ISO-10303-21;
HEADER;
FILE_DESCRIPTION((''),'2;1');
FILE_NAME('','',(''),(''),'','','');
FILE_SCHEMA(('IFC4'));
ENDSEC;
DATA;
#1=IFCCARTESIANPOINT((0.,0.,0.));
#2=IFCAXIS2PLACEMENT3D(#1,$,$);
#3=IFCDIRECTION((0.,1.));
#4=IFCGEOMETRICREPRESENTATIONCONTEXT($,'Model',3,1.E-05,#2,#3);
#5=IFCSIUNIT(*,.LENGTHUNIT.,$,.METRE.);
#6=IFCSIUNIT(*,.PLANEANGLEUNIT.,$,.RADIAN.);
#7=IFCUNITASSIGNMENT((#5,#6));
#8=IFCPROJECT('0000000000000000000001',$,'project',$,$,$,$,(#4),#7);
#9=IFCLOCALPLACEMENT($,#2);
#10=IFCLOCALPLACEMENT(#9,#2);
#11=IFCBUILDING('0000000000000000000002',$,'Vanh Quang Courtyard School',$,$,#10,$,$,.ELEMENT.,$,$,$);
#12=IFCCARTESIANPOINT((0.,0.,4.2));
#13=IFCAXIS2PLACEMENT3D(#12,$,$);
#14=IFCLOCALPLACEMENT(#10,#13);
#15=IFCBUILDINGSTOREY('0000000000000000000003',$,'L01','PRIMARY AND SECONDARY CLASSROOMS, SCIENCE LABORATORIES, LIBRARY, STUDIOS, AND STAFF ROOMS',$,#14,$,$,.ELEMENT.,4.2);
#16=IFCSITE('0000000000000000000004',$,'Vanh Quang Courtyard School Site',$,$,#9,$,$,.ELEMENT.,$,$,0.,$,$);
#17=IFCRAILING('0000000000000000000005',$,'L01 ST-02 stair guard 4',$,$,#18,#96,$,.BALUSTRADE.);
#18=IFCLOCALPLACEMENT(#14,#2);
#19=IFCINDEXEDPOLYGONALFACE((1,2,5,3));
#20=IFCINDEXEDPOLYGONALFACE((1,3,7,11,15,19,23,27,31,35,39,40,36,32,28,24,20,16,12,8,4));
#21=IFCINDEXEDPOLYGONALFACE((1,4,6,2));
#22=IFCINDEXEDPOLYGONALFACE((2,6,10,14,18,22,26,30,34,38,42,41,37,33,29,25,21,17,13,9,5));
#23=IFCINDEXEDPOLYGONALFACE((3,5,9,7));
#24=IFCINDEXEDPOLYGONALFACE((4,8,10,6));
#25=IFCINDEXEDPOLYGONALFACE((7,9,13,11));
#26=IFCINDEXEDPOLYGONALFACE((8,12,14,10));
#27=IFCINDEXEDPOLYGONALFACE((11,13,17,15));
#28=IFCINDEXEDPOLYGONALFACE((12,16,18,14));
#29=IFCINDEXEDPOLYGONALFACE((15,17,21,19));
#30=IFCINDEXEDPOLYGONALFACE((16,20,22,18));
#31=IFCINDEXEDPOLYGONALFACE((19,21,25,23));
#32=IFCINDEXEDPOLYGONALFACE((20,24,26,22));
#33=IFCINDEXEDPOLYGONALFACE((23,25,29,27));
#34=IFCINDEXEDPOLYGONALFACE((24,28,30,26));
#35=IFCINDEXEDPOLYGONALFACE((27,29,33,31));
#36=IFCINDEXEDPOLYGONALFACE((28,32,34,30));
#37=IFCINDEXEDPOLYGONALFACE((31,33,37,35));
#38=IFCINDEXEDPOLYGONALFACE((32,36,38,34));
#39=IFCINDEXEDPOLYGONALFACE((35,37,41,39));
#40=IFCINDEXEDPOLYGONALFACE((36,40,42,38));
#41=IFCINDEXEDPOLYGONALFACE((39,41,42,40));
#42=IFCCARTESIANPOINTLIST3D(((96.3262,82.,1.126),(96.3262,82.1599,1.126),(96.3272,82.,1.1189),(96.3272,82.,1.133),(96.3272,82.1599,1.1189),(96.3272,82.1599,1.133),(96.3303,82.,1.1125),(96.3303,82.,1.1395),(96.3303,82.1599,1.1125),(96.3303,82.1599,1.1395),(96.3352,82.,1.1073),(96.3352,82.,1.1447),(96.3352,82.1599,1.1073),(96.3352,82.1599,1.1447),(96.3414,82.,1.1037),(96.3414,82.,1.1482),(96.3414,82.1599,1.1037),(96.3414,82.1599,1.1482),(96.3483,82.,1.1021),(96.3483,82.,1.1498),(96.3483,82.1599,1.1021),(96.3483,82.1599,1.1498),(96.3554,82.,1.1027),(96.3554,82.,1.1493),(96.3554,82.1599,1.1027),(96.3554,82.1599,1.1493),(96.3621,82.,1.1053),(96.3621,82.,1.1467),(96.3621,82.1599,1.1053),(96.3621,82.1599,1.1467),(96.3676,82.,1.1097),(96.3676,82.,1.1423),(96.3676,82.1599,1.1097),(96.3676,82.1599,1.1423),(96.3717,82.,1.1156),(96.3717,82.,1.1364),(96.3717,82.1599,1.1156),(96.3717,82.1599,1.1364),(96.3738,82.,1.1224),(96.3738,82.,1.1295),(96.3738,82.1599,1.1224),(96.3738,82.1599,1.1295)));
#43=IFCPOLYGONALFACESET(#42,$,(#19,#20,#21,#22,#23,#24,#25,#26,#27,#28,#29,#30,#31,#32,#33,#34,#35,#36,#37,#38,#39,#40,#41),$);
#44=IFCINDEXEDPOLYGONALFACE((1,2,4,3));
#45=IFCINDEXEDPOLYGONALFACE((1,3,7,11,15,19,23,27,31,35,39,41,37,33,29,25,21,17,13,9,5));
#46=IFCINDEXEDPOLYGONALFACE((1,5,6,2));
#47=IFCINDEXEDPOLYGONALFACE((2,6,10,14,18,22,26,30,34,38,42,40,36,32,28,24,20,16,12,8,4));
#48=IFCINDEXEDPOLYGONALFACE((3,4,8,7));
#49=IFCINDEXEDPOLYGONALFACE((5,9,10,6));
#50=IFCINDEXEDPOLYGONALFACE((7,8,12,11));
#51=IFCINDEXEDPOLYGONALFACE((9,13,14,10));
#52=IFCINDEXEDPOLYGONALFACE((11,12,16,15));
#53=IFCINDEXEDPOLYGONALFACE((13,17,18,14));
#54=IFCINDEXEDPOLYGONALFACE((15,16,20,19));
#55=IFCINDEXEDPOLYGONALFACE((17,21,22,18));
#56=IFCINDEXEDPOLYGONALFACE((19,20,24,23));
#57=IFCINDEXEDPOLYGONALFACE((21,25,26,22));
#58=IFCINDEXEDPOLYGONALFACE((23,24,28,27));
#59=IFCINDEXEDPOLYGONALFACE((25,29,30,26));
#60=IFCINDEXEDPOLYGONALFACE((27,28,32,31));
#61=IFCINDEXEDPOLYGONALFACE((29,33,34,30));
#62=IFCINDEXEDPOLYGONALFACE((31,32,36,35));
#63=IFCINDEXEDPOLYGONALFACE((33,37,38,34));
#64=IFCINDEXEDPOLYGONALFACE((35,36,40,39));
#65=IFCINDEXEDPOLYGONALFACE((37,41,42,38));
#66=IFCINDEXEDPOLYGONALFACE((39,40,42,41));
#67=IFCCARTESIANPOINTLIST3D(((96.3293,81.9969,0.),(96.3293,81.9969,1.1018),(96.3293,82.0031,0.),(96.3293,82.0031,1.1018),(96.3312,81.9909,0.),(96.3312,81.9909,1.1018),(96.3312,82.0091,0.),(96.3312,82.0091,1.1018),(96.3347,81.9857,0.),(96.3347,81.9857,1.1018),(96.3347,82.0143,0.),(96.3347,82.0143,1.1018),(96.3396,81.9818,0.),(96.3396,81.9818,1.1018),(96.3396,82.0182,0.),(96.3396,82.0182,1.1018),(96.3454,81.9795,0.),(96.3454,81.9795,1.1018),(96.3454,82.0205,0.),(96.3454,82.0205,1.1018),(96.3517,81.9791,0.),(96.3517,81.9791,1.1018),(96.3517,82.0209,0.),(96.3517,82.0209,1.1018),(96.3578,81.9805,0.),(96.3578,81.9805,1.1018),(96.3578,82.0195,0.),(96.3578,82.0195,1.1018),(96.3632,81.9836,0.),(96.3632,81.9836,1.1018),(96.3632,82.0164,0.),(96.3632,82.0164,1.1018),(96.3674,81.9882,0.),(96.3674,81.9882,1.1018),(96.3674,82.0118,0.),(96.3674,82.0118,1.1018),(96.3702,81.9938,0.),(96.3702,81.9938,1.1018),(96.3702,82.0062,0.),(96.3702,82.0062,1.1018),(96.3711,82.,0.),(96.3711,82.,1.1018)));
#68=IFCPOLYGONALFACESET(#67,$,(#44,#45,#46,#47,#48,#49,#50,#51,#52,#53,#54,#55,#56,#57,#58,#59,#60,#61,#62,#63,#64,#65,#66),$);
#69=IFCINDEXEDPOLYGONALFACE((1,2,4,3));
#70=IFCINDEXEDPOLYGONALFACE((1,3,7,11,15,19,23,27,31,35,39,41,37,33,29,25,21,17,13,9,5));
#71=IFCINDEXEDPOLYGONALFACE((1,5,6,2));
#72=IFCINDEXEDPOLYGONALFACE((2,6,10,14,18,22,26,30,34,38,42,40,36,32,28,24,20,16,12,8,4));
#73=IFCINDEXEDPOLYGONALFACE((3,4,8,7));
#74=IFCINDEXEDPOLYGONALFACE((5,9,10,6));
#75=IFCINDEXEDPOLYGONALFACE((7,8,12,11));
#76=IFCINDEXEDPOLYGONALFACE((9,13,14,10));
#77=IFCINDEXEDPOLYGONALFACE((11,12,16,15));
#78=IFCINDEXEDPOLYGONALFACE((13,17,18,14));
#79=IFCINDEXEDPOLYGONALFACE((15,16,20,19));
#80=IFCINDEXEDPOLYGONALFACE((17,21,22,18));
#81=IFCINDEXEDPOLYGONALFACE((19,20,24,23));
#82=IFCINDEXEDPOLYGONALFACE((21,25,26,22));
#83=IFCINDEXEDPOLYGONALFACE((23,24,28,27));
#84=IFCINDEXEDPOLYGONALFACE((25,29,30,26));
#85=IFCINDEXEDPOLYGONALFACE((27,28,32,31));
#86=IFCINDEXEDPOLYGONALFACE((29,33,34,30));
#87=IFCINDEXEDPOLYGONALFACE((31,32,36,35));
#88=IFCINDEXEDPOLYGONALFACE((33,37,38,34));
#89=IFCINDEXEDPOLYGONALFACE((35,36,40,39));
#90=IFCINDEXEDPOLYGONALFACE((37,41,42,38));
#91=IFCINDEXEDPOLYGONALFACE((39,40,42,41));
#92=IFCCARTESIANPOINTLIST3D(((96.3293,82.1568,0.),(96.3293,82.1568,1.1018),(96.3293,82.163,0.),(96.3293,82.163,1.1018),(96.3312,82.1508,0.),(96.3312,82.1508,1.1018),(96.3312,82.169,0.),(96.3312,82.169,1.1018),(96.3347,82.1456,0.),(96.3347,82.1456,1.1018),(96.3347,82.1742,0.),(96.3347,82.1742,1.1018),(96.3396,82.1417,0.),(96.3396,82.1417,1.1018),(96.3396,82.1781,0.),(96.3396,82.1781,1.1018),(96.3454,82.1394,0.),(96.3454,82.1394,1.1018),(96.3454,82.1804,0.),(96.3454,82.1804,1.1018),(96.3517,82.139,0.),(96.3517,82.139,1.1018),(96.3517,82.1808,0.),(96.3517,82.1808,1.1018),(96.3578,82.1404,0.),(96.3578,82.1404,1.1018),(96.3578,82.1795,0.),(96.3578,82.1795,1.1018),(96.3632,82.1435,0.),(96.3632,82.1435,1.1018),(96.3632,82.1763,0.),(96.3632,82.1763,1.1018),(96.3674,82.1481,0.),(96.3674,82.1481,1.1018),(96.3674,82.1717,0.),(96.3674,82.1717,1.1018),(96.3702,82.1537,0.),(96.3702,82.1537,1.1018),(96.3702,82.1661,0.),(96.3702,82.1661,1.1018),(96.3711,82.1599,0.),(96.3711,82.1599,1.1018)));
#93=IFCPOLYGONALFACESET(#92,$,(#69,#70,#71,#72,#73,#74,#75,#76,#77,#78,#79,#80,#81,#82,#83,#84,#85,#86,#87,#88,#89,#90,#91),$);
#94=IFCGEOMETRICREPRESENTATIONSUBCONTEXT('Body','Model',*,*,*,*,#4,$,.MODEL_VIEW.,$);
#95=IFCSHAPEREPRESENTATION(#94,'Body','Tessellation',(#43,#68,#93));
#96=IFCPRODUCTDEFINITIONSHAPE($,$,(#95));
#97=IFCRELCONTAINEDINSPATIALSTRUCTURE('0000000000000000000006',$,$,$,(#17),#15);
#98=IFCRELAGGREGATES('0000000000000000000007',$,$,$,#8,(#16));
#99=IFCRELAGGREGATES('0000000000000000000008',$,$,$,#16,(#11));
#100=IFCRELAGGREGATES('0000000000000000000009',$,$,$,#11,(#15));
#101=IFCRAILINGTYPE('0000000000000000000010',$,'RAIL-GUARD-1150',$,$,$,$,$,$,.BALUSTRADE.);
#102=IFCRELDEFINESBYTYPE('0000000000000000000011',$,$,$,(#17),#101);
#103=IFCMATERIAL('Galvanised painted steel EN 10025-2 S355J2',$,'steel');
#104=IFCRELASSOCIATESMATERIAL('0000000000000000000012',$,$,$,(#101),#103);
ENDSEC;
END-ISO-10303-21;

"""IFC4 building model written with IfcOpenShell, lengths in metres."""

from ifc_helpers import new_model, si_unit, direction, frame, origin, origin_2d, place, context, subcontext, project, spatial, circle, extrude, material, type_object, element, save


model = new_model("IFC4")

# Units and contexts
model_context = context("Model", 3, precision=1e-05, world=origin(), true_north=direction((0.0, 1.0)))
body_context = subcontext(model_context, "Body", "Model", "MODEL_VIEW")
ifc_project = project(units=[si_unit("LENGTHUNIT", "METRE"), si_unit("PLANEANGLEUNIT", "RADIAN")], contexts=[model_context])

# Site, building, storey
site_placement = place(None, origin())
site = spatial("IfcSite", under=ifc_project, at=site_placement, Name="Vanh Quang Courtyard School Site", CompositionType="ELEMENT", RefElevation=0.0)
building_placement = place(site_placement, origin())
building = spatial("IfcBuilding", under=site, at=building_placement, Name="Vanh Quang Courtyard School", CompositionType="ELEMENT")
storey_placement = place(building_placement, frame((0.0, 0.0, 4.2)))
storey = spatial("IfcBuildingStorey", under=building, at=storey_placement, Name="L01", Description="PRIMARY AND SECONDARY CLASSROOMS, SCIENCE LABORATORIES, LIBRARY, STUDIOS, AND STAFF ROOMS", CompositionType="ELEMENT", Elevation=4.2)

# Railing
ifc_material_1 = material(Name="Galvanised painted steel EN 10025-2 S355J2", Category="steel")
railing_type_1 = type_object("IfcRailingType", Name="RAIL-GUARD-1150", PredefinedType="BALUSTRADE", material=ifc_material_1)
railing_1_placement = place(storey_placement, frame((96.3501, 82.0, 0.0)))
element("IfcRailing", 1, at=railing_1_placement, inside=storey, type_object=railing_type_1, Name="L01 ST-02 stair guard 4", PredefinedType="BALUSTRADE", context=body_context, shape_type="SweptSolid", body=[
    extrude(circle(Radius=0.0239, at=origin_2d()), frame((0.0, 0.0, 1.126), z_axis=(0.0, 1.0, 0.0), x_axis=(-1.0, 0.0, 0.0)), (0.0, 0.0, 1.0), 0.1599),
    extrude(circle(Radius=0.021, at=origin_2d()), origin(), (0.0, 0.0, 1.0), 1.1018),
    extrude(circle(Radius=0.021, at=origin_2d()), frame((0.0, 0.1599, 0.0)), (0.0, 0.0, 1.0), 1.1018),
])

save(model, "model.ifc")
